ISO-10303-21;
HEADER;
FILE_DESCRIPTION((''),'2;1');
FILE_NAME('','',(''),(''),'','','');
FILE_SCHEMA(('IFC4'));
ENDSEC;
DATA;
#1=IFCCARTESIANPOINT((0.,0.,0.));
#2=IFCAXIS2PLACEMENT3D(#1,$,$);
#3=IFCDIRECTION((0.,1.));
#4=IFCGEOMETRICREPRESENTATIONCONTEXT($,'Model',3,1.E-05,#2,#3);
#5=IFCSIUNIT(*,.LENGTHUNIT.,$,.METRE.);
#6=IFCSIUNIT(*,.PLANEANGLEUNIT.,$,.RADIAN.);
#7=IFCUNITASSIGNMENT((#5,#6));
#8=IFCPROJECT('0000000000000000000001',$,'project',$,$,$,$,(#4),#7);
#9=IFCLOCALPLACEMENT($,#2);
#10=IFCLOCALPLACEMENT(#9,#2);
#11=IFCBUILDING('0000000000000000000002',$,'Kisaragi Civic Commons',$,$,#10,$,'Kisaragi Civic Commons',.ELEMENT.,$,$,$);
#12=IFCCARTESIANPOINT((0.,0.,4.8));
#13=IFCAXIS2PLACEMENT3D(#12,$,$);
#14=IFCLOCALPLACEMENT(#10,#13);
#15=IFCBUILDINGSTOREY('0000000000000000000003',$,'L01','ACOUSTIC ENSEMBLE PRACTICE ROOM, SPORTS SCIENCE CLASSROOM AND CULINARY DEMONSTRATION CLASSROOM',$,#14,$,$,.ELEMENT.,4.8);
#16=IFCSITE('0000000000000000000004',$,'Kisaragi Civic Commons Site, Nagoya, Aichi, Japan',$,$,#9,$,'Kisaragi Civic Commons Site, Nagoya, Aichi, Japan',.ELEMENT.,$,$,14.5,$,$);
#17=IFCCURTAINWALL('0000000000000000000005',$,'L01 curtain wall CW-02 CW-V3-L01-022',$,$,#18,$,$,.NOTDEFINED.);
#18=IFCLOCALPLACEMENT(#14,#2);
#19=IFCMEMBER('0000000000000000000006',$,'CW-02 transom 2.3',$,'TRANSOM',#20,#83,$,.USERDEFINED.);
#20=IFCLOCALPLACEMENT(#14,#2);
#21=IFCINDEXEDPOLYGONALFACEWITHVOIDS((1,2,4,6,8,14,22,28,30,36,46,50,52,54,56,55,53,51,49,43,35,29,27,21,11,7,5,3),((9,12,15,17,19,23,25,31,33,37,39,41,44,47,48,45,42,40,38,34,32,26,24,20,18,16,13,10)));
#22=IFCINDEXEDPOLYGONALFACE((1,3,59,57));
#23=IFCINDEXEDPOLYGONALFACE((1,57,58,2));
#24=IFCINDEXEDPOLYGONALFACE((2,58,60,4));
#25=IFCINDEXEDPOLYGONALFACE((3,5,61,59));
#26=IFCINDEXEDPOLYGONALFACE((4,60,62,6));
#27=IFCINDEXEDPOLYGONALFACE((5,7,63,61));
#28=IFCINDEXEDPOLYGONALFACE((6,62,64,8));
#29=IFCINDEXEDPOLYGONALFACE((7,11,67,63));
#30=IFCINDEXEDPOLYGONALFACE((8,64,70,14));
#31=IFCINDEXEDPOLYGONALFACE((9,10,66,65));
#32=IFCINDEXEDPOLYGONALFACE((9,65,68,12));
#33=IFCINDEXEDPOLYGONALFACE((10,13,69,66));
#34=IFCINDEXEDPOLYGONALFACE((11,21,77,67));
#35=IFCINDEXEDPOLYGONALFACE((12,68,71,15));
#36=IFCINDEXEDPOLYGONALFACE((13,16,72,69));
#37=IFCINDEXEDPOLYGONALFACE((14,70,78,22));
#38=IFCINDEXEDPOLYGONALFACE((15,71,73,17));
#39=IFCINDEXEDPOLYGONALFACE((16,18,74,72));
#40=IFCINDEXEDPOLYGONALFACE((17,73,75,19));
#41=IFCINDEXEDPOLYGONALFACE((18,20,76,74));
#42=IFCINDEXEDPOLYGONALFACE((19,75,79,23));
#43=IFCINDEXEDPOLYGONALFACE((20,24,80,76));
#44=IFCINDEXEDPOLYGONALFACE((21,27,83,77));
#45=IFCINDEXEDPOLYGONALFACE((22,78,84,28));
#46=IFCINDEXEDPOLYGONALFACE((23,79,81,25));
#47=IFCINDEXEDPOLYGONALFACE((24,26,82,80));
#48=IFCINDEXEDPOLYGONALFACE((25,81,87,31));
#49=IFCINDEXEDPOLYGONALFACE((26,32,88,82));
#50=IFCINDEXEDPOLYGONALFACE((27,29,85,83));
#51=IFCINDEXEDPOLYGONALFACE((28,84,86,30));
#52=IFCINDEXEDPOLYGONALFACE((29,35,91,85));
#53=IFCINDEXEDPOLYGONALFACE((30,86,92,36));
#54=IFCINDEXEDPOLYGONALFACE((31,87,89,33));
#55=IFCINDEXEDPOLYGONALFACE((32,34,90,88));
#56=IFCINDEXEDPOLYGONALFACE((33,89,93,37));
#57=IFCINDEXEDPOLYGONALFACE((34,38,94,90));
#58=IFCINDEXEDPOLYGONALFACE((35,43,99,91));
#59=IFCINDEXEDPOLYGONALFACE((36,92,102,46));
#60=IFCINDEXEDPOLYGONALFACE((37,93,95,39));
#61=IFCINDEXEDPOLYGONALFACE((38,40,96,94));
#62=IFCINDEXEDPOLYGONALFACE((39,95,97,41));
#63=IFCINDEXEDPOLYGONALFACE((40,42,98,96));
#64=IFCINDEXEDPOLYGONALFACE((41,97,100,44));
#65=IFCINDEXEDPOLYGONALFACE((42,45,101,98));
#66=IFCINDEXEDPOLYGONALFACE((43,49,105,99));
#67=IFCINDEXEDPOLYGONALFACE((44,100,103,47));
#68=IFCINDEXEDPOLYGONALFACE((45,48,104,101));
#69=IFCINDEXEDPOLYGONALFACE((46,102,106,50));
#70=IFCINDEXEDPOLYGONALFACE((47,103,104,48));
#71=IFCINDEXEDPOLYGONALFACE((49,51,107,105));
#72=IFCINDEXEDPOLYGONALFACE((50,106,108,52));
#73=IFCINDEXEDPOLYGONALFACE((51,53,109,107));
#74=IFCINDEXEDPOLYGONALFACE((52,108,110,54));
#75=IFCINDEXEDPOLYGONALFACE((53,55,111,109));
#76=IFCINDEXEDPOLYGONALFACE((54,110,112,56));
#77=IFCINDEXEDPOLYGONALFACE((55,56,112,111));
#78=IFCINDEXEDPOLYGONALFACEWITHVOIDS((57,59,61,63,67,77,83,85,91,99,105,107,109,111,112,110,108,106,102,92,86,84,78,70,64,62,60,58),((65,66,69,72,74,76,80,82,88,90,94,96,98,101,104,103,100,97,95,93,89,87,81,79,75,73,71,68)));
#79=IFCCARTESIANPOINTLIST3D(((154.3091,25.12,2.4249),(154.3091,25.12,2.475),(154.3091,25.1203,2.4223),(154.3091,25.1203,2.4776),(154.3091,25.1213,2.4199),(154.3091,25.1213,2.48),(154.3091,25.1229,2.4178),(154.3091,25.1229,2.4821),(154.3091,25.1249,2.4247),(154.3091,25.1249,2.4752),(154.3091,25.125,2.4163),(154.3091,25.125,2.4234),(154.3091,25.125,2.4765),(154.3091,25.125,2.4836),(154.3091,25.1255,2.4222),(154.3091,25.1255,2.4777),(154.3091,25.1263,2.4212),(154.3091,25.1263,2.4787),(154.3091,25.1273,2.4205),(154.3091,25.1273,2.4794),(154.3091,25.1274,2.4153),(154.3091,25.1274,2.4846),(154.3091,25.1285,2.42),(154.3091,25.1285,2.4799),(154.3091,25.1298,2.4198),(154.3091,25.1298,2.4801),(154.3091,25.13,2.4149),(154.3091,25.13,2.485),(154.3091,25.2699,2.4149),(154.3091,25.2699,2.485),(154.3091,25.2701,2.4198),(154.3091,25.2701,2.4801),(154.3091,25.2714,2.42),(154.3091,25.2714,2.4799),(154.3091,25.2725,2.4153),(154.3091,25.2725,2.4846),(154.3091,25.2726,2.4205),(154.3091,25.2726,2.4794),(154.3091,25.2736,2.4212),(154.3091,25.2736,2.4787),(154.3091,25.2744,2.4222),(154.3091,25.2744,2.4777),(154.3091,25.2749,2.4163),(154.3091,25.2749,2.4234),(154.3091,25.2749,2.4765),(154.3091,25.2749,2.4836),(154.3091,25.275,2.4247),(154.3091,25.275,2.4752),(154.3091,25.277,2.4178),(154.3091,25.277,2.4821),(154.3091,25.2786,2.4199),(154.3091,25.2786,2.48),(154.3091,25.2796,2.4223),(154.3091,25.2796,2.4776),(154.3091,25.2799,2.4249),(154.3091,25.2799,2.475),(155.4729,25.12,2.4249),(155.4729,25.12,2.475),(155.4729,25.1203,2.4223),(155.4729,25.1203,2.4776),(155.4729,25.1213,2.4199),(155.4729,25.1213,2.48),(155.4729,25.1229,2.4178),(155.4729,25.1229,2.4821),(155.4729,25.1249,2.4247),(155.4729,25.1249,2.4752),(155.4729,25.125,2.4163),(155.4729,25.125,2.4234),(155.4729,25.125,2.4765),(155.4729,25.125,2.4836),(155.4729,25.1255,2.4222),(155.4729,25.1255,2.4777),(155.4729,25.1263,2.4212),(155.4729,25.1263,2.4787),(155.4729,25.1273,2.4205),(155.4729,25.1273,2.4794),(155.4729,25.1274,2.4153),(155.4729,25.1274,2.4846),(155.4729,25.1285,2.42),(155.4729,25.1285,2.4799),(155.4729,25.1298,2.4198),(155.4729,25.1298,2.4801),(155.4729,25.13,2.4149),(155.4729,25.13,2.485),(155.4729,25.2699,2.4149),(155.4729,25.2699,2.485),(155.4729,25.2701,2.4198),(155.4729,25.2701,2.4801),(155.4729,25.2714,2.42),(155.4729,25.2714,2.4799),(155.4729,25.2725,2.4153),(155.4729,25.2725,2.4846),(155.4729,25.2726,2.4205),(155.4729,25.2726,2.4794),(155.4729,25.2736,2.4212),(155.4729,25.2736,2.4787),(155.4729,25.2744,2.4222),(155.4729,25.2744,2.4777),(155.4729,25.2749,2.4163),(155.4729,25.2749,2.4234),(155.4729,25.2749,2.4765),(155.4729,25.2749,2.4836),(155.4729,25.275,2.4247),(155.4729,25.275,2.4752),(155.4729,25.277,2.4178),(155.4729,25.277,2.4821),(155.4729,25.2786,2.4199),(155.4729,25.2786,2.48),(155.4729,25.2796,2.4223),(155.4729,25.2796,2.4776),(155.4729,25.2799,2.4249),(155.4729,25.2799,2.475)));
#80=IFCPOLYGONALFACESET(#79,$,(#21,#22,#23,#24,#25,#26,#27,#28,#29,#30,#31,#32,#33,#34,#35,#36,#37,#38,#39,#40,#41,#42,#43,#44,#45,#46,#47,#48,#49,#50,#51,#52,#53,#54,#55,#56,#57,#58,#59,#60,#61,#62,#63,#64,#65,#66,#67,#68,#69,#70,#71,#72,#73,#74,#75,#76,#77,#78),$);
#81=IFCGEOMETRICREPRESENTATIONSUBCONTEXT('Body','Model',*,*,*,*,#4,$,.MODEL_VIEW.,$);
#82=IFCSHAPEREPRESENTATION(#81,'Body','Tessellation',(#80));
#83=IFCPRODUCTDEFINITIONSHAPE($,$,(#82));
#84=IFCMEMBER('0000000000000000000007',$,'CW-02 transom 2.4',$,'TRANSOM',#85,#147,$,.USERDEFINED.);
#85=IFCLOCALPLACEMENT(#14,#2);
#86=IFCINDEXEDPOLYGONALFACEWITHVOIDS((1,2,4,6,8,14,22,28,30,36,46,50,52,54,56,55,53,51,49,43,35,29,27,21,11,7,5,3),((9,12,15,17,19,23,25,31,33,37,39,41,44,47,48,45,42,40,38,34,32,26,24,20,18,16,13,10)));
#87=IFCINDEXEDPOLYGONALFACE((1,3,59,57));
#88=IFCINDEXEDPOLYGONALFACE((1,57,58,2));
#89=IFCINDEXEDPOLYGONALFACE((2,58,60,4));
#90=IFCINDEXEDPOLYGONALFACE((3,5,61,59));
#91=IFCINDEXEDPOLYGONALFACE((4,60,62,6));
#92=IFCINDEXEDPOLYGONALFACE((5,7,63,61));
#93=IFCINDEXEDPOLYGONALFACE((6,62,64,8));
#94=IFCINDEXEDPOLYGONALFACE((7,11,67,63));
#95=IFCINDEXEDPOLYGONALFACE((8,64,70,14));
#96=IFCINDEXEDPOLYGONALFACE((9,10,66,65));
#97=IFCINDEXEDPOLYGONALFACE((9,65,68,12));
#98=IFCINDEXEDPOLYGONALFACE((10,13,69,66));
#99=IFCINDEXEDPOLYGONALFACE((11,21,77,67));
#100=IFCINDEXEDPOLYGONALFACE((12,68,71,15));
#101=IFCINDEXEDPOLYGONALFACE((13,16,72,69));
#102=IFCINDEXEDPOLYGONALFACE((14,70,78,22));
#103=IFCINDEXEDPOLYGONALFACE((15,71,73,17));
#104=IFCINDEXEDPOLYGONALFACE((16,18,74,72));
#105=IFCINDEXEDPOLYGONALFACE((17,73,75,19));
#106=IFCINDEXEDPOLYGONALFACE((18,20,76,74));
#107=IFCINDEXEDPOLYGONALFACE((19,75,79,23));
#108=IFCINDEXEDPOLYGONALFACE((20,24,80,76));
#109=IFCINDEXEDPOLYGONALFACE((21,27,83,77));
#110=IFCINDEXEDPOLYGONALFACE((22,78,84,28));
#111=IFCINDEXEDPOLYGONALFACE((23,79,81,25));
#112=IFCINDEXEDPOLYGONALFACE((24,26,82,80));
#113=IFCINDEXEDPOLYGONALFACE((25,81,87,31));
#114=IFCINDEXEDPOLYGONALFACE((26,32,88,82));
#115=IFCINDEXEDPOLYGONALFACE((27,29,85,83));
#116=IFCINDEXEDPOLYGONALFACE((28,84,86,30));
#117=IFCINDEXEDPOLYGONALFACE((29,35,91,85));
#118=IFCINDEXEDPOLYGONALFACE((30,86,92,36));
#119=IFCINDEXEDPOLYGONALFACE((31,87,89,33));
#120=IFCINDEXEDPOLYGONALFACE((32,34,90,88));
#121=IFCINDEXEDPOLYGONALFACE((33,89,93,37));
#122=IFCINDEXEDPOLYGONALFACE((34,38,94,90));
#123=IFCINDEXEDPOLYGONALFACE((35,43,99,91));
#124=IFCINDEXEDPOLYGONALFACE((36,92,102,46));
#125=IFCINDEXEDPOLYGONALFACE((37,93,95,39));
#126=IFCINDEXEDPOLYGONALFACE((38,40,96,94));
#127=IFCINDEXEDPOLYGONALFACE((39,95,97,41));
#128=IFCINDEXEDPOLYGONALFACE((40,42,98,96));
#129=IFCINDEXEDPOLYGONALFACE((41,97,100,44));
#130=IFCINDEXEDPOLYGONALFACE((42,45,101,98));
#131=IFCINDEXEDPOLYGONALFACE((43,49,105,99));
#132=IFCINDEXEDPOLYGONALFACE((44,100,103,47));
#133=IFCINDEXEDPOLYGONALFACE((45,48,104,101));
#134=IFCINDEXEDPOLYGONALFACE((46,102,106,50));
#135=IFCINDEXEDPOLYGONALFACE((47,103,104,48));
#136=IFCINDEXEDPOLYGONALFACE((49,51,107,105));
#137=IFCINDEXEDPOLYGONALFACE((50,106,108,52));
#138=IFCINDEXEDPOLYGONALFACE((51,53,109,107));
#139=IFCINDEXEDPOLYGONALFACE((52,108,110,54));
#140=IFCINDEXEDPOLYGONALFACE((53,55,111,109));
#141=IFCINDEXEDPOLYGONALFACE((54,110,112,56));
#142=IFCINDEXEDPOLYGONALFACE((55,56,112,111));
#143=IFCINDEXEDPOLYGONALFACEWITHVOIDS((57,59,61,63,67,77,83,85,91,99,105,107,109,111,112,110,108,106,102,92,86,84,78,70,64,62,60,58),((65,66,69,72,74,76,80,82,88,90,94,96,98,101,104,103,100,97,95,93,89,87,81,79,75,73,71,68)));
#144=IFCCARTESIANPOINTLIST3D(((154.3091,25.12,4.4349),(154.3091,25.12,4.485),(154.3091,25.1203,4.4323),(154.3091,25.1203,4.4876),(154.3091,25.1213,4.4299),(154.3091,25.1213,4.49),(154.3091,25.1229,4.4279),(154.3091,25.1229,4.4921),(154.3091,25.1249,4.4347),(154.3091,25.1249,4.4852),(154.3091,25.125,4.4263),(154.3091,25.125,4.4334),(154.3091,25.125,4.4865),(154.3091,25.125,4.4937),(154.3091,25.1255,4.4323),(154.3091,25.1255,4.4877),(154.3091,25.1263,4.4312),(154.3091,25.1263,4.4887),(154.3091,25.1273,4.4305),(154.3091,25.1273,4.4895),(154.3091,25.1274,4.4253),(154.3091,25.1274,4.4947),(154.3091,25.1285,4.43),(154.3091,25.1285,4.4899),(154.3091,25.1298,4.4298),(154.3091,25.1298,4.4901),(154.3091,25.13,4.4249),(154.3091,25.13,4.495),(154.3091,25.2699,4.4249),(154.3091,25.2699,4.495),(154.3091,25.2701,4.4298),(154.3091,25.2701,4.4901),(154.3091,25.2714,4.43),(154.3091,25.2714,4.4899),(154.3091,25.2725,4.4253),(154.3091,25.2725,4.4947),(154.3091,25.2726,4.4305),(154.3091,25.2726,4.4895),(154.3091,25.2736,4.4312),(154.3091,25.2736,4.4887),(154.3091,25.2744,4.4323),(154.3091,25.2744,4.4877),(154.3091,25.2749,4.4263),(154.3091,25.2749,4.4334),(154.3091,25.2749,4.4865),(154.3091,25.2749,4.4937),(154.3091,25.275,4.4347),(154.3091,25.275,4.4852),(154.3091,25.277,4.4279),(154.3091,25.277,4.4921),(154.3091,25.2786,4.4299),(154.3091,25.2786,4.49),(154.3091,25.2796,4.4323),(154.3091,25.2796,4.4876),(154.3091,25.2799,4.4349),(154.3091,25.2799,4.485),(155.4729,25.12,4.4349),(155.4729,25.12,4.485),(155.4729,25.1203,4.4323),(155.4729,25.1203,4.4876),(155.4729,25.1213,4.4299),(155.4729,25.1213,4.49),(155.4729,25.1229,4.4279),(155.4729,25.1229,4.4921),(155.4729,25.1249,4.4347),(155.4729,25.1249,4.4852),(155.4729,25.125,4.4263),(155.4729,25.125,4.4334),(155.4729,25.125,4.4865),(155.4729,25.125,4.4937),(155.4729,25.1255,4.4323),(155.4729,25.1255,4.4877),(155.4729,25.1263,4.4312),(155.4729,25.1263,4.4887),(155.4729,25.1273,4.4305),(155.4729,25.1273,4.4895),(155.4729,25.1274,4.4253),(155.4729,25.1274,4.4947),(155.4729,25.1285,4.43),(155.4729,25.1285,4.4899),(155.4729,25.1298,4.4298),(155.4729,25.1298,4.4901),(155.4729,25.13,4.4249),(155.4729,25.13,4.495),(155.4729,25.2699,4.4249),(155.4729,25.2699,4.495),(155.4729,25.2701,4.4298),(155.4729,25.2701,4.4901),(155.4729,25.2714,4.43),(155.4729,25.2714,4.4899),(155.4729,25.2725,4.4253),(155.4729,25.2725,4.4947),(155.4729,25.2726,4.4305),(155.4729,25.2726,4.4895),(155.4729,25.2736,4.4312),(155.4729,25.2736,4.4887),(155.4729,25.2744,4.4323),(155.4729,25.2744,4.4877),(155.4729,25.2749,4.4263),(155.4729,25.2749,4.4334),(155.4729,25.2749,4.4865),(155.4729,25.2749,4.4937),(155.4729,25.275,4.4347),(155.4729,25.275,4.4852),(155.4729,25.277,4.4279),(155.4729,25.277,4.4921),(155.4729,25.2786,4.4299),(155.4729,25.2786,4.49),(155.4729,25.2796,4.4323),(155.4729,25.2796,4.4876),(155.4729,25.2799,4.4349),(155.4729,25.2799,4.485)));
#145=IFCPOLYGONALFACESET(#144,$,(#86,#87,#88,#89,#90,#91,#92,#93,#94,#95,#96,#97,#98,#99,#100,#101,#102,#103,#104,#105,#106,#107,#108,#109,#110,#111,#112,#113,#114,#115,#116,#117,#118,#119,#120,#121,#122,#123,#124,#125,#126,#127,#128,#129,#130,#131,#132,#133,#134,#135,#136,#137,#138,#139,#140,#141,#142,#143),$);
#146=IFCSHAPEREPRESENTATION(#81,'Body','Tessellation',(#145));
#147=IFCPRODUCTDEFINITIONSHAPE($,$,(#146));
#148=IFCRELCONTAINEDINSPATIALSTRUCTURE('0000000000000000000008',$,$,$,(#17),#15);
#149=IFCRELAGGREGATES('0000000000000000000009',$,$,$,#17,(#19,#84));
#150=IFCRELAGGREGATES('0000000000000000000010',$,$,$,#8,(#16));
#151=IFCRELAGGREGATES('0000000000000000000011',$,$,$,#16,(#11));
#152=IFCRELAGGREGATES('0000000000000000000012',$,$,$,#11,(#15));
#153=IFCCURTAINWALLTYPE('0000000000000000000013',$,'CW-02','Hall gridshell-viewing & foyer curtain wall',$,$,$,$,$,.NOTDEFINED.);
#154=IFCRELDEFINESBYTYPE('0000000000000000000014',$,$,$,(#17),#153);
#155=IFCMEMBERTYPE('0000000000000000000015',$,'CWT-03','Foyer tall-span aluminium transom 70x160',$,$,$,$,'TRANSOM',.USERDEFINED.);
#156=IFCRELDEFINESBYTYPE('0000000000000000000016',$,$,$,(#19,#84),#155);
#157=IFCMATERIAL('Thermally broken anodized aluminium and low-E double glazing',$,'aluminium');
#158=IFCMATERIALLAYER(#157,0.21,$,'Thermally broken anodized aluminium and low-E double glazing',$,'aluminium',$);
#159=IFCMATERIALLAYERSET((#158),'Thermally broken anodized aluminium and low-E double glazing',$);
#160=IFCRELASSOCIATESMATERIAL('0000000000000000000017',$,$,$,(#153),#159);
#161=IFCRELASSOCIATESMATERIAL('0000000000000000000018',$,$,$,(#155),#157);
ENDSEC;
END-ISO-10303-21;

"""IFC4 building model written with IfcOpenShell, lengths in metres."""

from ifc_helpers import new_model, si_unit, direction, frame, origin, origin_2d, place, context, subcontext, project, spatial, hollow_rectangle, extrude, material, layer, layer_set, material_profile, profile_set, type_object, element, aggregate, save


model = new_model("IFC4")

# Units and contexts
model_context = context("Model", 3, precision=1e-05, world=origin(), true_north=direction((0.0, 1.0)))
body_context = subcontext(model_context, "Body", "Model", "MODEL_VIEW")
ifc_project = project(units=[si_unit("LENGTHUNIT", "METRE"), si_unit("PLANEANGLEUNIT", "RADIAN")], contexts=[model_context])

# Site, building, storey
site_placement = place(None, origin())
site = spatial("IfcSite", under=ifc_project, at=site_placement, Name="Kisaragi Civic Commons Site, Nagoya, Aichi, Japan", LongName="Kisaragi Civic Commons Site, Nagoya, Aichi, Japan", CompositionType="ELEMENT", RefElevation=14.5)
building_placement = place(site_placement, origin())
building = spatial("IfcBuilding", under=site, at=building_placement, Name="Kisaragi Civic Commons", LongName="Kisaragi Civic Commons", CompositionType="ELEMENT")
storey_placement = place(building_placement, frame((0.0, 0.0, 4.8)))
storey = spatial("IfcBuildingStorey", under=building, at=storey_placement, Name="L01", Description="ACOUSTIC ENSEMBLE PRACTICE ROOM, SPORTS SCIENCE CLASSROOM AND CULINARY DEMONSTRATION CLASSROOM", CompositionType="ELEMENT", Elevation=4.8)

# Curtain wall, members
ifc_material = material(Name="Thermally broken anodized aluminium and low-E double glazing", Category="aluminium")
ifc_layer_1 = layer(ifc_material, 0.21, Name="Thermally broken anodized aluminium and low-E double glazing", Category="aluminium")
ifc_layer_set_1 = layer_set([ifc_layer_1], Name="Thermally broken anodized aluminium and low-E double glazing")
curtain_wall_type = type_object("IfcCurtainWallType", Name="CW-02", Description="Hall gridshell-viewing & foyer curtain wall", PredefinedType="NOTDEFINED", material=ifc_layer_set_1)
curtain_wall_placement = place(storey_placement, origin())
curtain_wall = element("IfcCurtainWall", 1, at=curtain_wall_placement, inside=storey, type_object=curtain_wall_type, Name="L01 curtain wall CW-02 CW-V3-L01-022", PredefinedType="NOTDEFINED")
ifc_material_profile_1 = material_profile(ifc_material, hollow_rectangle(XDim=0.1599, YDim=0.0701, WallThickness=0.0049, InnerFilletRadius=0.0049, OuterFilletRadius=0.01, at=origin_2d()), Name="CWT-70x160x5", Category="aluminium")
ifc_profile_set_1 = profile_set([ifc_material_profile_1], Name="Thermally broken anodized aluminium and low-E double glazing")
member_type_1 = type_object("IfcMemberType", Name="CWT-03", Description="Foyer tall-span aluminium transom 70x160", ElementType="TRANSOM", PredefinedType="USERDEFINED", material=ifc_profile_set_1)
member_1_placement = place(storey_placement, frame((154.3091, 25.2, 2.45), z_axis=(1.0, 0.0, 0.0), x_axis=(0.0, 1.0, 0.0)))
member_1 = element("IfcMember", 2, at=member_1_placement, type_object=member_type_1, Name="CW-02 transom 2.3", ObjectType="TRANSOM", PredefinedType="USERDEFINED", context=body_context, shape_type="SweptSolid", body=[
    extrude(hollow_rectangle(XDim=0.1599, YDim=0.0701, WallThickness=0.0049, InnerFilletRadius=0.0049, OuterFilletRadius=0.01, at=origin_2d()), origin(), (0.0, 0.0, 1.0), 1.1638),
])
member_2_placement = place(storey_placement, frame((154.3091, 25.2, 4.46), z_axis=(1.0, 0.0, 0.0), x_axis=(0.0, 1.0, 0.0)))
member_2 = element("IfcMember", 3, at=member_2_placement, type_object=member_type_1, Name="CW-02 transom 2.4", ObjectType="TRANSOM", PredefinedType="USERDEFINED", context=body_context, shape_type="SweptSolid", body=[
    extrude(hollow_rectangle(XDim=0.1599, YDim=0.0701, WallThickness=0.0049, InnerFilletRadius=0.0049, OuterFilletRadius=0.01, at=origin_2d()), origin(), (0.0, 0.0, 1.0), 1.1638),
])
aggregate(curtain_wall, [member_1, member_2])

save(model, "model.ifc")
